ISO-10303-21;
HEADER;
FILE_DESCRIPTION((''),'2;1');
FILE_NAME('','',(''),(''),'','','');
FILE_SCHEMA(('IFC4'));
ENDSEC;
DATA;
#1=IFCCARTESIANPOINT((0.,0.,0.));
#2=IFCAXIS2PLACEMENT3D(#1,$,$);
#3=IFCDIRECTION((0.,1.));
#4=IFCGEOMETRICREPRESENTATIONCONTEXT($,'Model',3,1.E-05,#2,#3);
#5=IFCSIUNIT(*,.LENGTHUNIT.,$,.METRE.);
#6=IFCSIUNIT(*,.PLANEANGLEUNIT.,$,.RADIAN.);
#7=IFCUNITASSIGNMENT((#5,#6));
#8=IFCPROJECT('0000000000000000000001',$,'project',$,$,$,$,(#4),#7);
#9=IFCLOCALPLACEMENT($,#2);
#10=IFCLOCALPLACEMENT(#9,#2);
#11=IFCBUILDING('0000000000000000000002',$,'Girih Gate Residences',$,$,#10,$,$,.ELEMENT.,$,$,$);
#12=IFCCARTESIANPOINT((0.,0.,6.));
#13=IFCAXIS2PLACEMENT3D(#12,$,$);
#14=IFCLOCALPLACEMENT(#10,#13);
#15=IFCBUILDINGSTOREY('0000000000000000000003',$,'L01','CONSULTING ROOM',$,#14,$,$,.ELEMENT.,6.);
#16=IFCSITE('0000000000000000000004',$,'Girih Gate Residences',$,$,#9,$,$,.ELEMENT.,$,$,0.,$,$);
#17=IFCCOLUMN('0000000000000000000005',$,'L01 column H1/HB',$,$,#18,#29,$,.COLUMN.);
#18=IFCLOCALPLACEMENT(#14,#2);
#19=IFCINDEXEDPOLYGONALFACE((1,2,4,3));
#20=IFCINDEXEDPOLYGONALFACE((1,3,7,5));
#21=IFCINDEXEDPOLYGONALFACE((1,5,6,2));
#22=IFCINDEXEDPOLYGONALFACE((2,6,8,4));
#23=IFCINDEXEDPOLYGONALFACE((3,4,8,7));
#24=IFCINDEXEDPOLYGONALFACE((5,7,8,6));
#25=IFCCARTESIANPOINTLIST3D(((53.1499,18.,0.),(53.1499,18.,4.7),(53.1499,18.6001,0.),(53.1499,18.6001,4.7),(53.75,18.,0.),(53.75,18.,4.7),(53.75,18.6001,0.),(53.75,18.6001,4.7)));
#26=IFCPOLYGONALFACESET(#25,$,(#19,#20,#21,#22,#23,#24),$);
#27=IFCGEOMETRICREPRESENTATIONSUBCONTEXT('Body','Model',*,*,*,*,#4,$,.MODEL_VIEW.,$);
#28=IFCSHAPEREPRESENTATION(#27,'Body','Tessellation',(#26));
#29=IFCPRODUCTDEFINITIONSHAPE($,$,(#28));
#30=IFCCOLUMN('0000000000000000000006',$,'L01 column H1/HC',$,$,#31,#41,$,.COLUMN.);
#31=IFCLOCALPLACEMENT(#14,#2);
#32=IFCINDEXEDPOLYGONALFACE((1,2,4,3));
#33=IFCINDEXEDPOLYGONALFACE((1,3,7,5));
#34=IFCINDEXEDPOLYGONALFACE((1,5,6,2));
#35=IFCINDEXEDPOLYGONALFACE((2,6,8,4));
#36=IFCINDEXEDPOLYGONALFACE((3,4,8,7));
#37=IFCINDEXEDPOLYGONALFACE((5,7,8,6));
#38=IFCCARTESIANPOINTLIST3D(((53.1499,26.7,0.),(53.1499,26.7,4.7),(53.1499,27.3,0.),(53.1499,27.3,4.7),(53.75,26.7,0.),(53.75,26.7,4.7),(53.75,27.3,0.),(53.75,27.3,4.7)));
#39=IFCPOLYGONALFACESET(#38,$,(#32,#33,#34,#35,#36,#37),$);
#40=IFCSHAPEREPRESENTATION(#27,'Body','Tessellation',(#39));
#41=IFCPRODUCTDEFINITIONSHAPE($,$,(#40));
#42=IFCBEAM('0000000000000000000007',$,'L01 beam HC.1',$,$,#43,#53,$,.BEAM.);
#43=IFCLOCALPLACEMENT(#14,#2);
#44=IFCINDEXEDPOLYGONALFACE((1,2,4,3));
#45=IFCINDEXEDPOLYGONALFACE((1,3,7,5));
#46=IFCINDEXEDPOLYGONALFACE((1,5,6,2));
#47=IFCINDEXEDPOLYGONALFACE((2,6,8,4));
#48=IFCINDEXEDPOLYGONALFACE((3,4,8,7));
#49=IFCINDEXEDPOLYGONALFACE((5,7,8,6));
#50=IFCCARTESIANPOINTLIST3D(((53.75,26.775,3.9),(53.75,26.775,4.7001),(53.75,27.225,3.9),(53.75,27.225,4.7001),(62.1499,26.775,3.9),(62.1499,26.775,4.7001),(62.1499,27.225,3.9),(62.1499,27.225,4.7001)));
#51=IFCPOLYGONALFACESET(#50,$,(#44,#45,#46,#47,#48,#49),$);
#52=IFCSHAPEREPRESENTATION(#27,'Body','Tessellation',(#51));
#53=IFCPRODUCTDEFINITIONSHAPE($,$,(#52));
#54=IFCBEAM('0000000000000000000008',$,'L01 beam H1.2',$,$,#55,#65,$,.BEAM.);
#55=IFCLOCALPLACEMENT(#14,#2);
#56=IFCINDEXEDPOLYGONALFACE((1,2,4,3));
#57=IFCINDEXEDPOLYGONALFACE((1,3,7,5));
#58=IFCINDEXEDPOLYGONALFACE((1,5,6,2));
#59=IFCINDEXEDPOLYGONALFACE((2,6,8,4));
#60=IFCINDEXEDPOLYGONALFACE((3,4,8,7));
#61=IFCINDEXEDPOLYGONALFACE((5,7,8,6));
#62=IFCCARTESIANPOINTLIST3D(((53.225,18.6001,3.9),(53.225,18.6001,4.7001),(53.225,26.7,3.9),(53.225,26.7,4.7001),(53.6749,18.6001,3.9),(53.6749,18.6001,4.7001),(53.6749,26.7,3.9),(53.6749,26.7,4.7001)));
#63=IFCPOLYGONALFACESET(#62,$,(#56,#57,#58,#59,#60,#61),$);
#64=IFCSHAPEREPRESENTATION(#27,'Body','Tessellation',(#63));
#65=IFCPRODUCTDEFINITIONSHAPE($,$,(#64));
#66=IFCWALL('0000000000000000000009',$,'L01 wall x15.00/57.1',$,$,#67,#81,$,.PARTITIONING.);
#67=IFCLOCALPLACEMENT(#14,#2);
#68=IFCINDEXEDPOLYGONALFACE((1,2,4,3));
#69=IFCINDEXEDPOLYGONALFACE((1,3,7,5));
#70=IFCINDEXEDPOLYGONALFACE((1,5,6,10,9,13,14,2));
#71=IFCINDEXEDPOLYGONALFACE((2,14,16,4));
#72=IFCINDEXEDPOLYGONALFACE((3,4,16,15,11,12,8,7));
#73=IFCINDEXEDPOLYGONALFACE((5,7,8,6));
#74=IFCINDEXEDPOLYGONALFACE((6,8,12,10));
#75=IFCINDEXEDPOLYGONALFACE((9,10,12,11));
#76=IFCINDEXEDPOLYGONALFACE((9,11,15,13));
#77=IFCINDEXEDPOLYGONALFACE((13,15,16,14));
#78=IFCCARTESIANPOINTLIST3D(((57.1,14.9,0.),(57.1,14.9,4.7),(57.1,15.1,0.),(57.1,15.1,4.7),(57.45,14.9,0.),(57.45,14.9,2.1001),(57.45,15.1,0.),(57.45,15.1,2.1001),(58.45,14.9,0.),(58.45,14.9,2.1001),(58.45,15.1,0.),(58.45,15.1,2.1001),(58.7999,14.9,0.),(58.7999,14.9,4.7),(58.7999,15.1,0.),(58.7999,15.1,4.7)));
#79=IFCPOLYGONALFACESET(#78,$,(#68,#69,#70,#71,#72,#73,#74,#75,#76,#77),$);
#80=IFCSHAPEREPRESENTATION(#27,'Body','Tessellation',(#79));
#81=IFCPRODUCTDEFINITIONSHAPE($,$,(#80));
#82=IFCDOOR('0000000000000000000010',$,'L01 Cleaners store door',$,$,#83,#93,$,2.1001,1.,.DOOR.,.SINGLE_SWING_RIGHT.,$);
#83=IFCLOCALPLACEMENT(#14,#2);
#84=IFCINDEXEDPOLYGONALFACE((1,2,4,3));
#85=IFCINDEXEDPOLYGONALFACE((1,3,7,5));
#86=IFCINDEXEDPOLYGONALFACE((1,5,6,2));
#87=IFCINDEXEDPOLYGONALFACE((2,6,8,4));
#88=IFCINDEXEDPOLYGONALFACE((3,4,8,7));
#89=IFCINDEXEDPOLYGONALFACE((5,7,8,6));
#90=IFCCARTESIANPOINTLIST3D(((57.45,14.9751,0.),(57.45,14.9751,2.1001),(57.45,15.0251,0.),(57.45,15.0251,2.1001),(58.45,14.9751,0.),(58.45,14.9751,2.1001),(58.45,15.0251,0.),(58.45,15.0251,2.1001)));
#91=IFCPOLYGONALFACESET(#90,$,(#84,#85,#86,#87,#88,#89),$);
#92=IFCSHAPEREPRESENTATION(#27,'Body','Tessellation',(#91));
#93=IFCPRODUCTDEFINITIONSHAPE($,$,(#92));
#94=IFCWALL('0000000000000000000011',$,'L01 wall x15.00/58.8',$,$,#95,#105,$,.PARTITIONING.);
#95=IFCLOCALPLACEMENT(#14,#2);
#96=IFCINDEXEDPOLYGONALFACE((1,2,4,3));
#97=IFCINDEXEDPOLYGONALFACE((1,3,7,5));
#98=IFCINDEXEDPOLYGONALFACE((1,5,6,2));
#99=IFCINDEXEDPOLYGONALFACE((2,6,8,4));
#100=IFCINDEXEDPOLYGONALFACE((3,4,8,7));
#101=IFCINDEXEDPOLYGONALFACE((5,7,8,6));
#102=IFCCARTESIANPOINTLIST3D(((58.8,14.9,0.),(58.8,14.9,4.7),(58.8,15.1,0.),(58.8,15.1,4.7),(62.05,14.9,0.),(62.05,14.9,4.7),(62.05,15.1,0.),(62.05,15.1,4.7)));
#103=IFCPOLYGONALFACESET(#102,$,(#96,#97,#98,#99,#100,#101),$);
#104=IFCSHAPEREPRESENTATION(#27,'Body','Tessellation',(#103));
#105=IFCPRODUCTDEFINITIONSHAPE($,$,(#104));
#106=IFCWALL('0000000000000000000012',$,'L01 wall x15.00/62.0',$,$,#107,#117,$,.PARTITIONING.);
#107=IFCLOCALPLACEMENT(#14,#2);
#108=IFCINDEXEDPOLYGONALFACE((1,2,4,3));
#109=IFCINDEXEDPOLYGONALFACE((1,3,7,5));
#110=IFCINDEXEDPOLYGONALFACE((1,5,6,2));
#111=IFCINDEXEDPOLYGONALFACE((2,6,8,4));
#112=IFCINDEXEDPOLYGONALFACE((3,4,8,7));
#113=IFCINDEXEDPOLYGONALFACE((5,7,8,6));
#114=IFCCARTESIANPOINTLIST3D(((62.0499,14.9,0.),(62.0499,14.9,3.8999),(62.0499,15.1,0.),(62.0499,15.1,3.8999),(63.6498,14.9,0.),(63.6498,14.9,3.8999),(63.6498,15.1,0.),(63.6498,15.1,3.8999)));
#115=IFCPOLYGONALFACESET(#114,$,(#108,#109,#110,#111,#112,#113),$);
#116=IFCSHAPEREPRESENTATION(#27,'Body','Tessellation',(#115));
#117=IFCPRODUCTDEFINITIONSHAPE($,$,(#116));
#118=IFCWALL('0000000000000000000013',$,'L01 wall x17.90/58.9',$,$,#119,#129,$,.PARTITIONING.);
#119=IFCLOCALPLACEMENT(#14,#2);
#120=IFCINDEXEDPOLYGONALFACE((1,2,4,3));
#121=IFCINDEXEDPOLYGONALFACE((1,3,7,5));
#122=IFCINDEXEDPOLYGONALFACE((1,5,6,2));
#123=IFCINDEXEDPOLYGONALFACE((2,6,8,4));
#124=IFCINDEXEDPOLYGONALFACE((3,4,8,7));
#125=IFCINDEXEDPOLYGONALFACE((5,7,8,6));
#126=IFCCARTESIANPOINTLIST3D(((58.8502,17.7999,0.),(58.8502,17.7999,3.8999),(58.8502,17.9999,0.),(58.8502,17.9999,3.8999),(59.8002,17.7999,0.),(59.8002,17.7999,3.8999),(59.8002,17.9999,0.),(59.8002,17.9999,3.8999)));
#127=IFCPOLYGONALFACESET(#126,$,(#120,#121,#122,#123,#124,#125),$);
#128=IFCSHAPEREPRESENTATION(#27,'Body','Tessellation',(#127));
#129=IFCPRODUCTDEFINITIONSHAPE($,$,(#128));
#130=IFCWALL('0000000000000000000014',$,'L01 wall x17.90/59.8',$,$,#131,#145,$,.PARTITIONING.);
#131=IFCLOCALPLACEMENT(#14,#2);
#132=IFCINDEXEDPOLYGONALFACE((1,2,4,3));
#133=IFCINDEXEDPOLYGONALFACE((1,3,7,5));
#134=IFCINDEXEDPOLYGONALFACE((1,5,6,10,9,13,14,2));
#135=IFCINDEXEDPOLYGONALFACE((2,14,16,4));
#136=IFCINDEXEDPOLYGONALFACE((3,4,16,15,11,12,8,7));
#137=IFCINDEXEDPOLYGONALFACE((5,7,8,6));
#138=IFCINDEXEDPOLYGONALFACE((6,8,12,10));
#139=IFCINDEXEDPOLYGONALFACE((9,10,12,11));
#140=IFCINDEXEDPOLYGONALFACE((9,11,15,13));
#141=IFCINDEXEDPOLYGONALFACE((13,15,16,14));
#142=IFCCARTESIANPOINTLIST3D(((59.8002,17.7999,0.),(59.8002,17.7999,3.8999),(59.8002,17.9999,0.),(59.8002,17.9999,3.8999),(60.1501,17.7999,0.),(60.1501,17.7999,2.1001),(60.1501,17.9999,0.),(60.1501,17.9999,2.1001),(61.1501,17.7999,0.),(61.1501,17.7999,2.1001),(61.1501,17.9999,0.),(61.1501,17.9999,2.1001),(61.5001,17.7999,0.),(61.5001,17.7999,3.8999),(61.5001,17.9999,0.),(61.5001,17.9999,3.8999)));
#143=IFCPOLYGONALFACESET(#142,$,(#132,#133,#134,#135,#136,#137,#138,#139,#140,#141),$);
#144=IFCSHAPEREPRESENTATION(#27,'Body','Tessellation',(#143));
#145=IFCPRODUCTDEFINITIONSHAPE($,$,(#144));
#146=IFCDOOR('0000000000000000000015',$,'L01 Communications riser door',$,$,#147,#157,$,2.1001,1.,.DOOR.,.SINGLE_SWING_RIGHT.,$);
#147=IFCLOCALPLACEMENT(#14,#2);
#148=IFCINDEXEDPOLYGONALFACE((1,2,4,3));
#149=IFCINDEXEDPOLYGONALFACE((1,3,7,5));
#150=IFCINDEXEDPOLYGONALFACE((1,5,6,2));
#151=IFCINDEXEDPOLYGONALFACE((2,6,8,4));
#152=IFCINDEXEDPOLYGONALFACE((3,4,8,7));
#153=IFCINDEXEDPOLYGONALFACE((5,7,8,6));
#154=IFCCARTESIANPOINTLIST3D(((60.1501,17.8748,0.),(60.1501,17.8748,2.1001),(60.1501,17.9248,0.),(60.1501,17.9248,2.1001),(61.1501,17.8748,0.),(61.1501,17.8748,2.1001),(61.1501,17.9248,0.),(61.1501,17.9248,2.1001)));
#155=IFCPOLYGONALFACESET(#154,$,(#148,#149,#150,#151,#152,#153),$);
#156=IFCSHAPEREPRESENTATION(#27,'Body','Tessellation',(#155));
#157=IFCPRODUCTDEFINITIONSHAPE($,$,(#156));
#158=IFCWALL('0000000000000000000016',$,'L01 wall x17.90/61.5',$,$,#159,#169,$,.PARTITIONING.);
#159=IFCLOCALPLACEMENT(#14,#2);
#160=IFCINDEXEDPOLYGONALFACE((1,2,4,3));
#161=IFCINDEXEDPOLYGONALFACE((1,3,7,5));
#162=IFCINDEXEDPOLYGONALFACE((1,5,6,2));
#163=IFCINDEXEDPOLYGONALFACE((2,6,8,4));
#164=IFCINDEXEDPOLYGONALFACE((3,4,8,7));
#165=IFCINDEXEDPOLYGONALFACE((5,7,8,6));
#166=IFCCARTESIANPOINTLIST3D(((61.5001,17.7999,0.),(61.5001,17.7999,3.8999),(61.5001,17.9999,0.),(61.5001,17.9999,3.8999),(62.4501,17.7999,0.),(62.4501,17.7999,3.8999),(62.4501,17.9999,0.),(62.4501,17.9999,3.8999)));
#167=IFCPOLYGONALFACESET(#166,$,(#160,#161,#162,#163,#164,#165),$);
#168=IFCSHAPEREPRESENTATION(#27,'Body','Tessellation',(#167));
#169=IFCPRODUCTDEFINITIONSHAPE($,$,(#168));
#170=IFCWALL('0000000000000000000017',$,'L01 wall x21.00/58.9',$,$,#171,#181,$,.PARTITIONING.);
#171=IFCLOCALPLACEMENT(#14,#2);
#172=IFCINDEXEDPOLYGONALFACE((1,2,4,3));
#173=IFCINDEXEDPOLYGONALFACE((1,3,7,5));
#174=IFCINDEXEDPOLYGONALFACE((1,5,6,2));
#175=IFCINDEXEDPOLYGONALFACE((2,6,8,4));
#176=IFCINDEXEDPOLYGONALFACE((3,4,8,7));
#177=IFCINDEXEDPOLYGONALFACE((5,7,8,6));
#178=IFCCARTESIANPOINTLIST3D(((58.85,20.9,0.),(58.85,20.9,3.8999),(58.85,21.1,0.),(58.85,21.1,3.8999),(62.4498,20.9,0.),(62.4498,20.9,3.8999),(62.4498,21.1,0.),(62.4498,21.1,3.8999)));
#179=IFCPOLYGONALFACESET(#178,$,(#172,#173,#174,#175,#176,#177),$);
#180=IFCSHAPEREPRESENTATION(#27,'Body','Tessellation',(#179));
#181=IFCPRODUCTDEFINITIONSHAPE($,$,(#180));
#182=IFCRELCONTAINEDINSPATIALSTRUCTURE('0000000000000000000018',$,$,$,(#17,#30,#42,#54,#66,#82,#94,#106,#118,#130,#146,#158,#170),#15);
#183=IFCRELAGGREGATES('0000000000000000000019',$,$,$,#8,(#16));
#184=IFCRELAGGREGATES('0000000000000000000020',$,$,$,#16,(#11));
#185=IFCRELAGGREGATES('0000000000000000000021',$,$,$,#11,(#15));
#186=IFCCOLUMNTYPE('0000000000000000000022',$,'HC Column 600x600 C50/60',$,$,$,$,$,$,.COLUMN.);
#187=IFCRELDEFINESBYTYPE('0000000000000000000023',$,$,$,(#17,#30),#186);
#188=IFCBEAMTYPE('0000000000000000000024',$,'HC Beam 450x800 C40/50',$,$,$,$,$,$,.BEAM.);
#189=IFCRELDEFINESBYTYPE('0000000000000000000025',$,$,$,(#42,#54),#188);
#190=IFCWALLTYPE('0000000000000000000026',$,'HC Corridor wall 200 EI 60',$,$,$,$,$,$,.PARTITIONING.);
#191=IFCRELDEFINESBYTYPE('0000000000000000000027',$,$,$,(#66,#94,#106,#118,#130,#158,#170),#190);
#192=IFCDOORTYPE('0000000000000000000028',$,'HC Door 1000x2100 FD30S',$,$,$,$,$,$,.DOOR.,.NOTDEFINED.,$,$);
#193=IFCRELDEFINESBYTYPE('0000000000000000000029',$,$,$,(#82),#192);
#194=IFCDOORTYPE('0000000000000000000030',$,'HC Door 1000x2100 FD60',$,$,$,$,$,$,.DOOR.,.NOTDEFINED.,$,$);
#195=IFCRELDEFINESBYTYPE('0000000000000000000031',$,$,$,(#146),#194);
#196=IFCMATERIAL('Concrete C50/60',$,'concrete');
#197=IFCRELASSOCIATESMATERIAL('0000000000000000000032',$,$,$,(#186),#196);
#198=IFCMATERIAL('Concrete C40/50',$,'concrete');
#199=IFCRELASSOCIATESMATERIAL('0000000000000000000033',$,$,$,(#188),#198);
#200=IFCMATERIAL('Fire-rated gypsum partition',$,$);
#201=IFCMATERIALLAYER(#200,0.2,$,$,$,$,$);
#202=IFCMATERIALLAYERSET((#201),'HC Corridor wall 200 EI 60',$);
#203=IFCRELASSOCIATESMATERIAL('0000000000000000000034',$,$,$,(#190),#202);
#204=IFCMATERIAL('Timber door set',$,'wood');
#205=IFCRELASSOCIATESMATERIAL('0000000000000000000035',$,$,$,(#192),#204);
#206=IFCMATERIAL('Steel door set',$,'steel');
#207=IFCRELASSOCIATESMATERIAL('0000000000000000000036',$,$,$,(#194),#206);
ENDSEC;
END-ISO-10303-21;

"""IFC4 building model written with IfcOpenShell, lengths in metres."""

from ifc_helpers import new_model, si_unit, direction, frame, frame_2d, origin, origin_2d, place, context, subcontext, project, spatial, rectangle, extrude, material, layer, layer_set, material_profile, profile_set, type_object, element, fill, save


model = new_model("IFC4")

# Units and contexts
model_context = context("Model", 3, precision=1e-05, world=origin(), true_north=direction((0.0, 1.0)))
body_context = subcontext(model_context, "Body", "Model", "MODEL_VIEW")
ifc_project = project(units=[si_unit("LENGTHUNIT", "METRE"), si_unit("PLANEANGLEUNIT", "RADIAN")], contexts=[model_context])

# Site, building, storey
site_placement = place(None, origin())
site = spatial("IfcSite", under=ifc_project, at=site_placement, Name="Girih Gate Residences", CompositionType="ELEMENT", RefElevation=0.0)
building_placement = place(site_placement, origin())
building = spatial("IfcBuilding", under=site, at=building_placement, Name="Girih Gate Residences", CompositionType="ELEMENT")
storey_placement = place(building_placement, frame((0.0, 0.0, 6.0)))
storey = spatial("IfcBuildingStorey", under=building, at=storey_placement, Name="L01", Description="CONSULTING ROOM", CompositionType="ELEMENT", Elevation=6.0)

# Columns
ifc_material_1 = material(Name="Concrete C50/60", Category="concrete")
ifc_material_profile_1 = material_profile(ifc_material_1, rectangle(XDim=0.6001, YDim=0.6001, at=origin_2d()))
ifc_profile_set_1 = profile_set([ifc_material_profile_1], Name="Concrete C50/60")
column_type = type_object("IfcColumnType", Name="HC Column 600x600 C50/60", PredefinedType="COLUMN", material=ifc_profile_set_1)
for number, where, z_axis, x_axis, name in (
    (1, (53.45, 18.3, 0.0), (0.0, 0.0, 1.0), (1.0, 0.0, 0.0), "L01 column H1/HB"),
    (2, (53.45, 27.0, 0.0), (0.0, 0.0, 1.0), (1.0, 0.0, 0.0), "L01 column H1/HC"),
):
    element("IfcColumn", number, at=place(storey_placement, frame(where, z_axis=z_axis, x_axis=x_axis)), inside=storey, type_object=column_type, Name=name, PredefinedType="COLUMN", context=body_context, shape_type="SweptSolid", body=[
        extrude(rectangle(XDim=0.6001, YDim=0.6001, at=origin_2d()), origin(), (0.0, 0.0, 1.0), 4.7),
    ])

# Beams
ifc_material_2 = material(Name="Concrete C40/50", Category="concrete")
ifc_material_profile_2 = material_profile(ifc_material_2, rectangle(XDim=0.45, YDim=0.8, at=origin_2d()))
ifc_profile_set_2 = profile_set([ifc_material_profile_2], Name="Concrete C40/50")
beam_type = type_object("IfcBeamType", Name="HC Beam 450x800 C40/50", PredefinedType="BEAM", material=ifc_profile_set_2)
beam_1_placement = place(storey_placement, frame((53.75, 27.0, 4.3), z_axis=(1.0, 0.0, 0.0), x_axis=(0.0, 1.0, 0.0)))
element("IfcBeam", 3, at=beam_1_placement, inside=storey, type_object=beam_type, Name="L01 beam HC.1", PredefinedType="BEAM", context=body_context, shape_type="SweptSolid", body=[
    extrude(rectangle(XDim=0.45, YDim=0.8, at=origin_2d()), origin(), (0.0, 0.0, 1.0), 8.3999),
])
beam_2_placement = place(storey_placement, frame((53.45, 18.6001, 4.3), z_axis=(0.0, 1.0, 0.0), x_axis=(-1.0, 0.0, 0.0)))
element("IfcBeam", 4, at=beam_2_placement, inside=storey, type_object=beam_type, Name="L01 beam H1.2", PredefinedType="BEAM", context=body_context, shape_type="SweptSolid", body=[
    extrude(rectangle(XDim=0.45, YDim=0.8, at=origin_2d()), origin(), (0.0, 0.0, 1.0), 8.0999),
])

# Wall, opening, door
ifc_material_3 = material(Name="Fire-rated gypsum partition")
ifc_layer_1 = layer(ifc_material_3, 0.2)
ifc_layer_set_1 = layer_set([ifc_layer_1], Name="HC Corridor wall 200 EI 60")
wall_type_1 = type_object("IfcWallType", Name="HC Corridor wall 200 EI 60", PredefinedType="PARTITIONING", material=ifc_layer_set_1)
wall_1_placement = place(storey_placement, frame((58.8, 15.0, 0.0), z_axis=(0.0, 0.0, 1.0), x_axis=(-1.0, 0.0, 0.0)))
wall_1 = element("IfcWall", 5, at=wall_1_placement, inside=storey, type_object=wall_type_1, Name="L01 wall x15.00/57.1", PredefinedType="PARTITIONING", context=body_context, shape_type="SweptSolid", body=[
    extrude(rectangle(XDim=1.7, YDim=0.2, at=frame_2d((0.8501, 0.0))), origin(), (0.0, 0.0, 1.0), 4.7),
])
opening_1_placement = place(wall_1_placement, frame((0.3501, 0.0, 0.0)))
opening_1 = element("IfcOpeningElement", 6, at=opening_1_placement, cuts=wall_1, PredefinedType="OPENING", context=body_context, shape_type="SweptSolid", body=[
    extrude(rectangle(XDim=1.0, YDim=2.1001, at=frame_2d((0.5, 1.05))), frame((0.0, 0.1099, 0.0), z_axis=(0.0, -1.0, 0.0), x_axis=(1.0, 0.0, 0.0)), (0.0, 0.0, 1.0), 0.22),
])
ifc_material_4 = material(Name="Timber door set", Category="wood")
door_type_1 = type_object("IfcDoorType", Name="HC Door 1000x2100 FD30S", OperationType="NOTDEFINED", PredefinedType="DOOR", material=ifc_material_4)
door_1_placement = place(opening_1_placement, origin())
door_1 = element("IfcDoor", 7, at=door_1_placement, inside=storey, type_object=door_type_1, Name="L01 Cleaners store door", OperationType="SINGLE_SWING_RIGHT", OverallHeight=2.1001, OverallWidth=1.0, PredefinedType="DOOR", context=body_context, shape_type="SweptSolid", body=[
    extrude(rectangle(XDim=1.0, YDim=2.1001, at=frame_2d((0.5, 1.05))), frame((0.0, 0.0249, 0.0), z_axis=(0.0, -1.0, 0.0), x_axis=(1.0, 0.0, 0.0)), (0.0, 0.0, 1.0), 0.05),
])
fill(opening_1, door_1)

# Walls
wall_2_placement = place(storey_placement, frame((58.8, 15.0, 0.0), z_axis=(0.0, 0.0, 1.0), x_axis=(1.0, 0.0, 0.0)))
element("IfcWall", 8, at=wall_2_placement, inside=storey, type_object=wall_type_1, Name="L01 wall x15.00/58.8", PredefinedType="PARTITIONING", context=body_context, shape_type="SweptSolid", body=[
    extrude(rectangle(XDim=3.25, YDim=0.2, at=frame_2d((1.625, 0.0))), origin(), (0.0, 0.0, 1.0), 4.7),
])
wall_3_placement = place(storey_placement, frame((62.05, 15.0, 0.0), z_axis=(0.0, 0.0, 1.0), x_axis=(1.0, 0.0, 0.0)))
element("IfcWall", 9, at=wall_3_placement, inside=storey, type_object=wall_type_1, Name="L01 wall x15.00/62.0", PredefinedType="PARTITIONING", context=body_context, shape_type="SweptSolid", body=[
    extrude(rectangle(XDim=1.5999, YDim=0.2, at=frame_2d((0.7998, 0.0))), origin(), (0.0, 0.0, 1.0), 3.8999),
])
wall_4_placement = place(storey_placement, frame((58.8501, 17.8999, 0.0), z_axis=(0.0, 0.0, 1.0), x_axis=(1.0, 0.0, 0.0)))
element("IfcWall", 10, at=wall_4_placement, inside=storey, type_object=wall_type_1, Name="L01 wall x17.90/58.9", PredefinedType="PARTITIONING", context=body_context, shape_type="SweptSolid", body=[
    extrude(rectangle(XDim=0.95, YDim=0.2, at=frame_2d((0.4751, 0.0))), origin(), (0.0, 0.0, 1.0), 3.8999),
])

# Wall, opening, door
wall_5_placement = place(storey_placement, frame((59.8, 17.8999, 0.0), z_axis=(0.0, 0.0, 1.0), x_axis=(1.0, 0.0, 0.0)))
wall_5 = element("IfcWall", 11, at=wall_5_placement, inside=storey, type_object=wall_type_1, Name="L01 wall x17.90/59.8", PredefinedType="PARTITIONING", context=body_context, shape_type="SweptSolid", body=[
    extrude(rectangle(XDim=1.7, YDim=0.2, at=frame_2d((0.8501, 0.0))), origin(), (0.0, 0.0, 1.0), 3.8999),
])
opening_2_placement = place(wall_5_placement, frame((0.3501, 0.0, 0.0)))
opening_2 = element("IfcOpeningElement", 12, at=opening_2_placement, cuts=wall_5, PredefinedType="OPENING", context=body_context, shape_type="SweptSolid", body=[
    extrude(rectangle(XDim=1.0, YDim=2.1001, at=frame_2d((0.5, 1.05))), frame((0.0, 0.1099, 0.0), z_axis=(0.0, -1.0, 0.0), x_axis=(1.0, 0.0, 0.0)), (0.0, 0.0, 1.0), 0.22),
])
ifc_material_5 = material(Name="Steel door set", Category="steel")
door_type_2 = type_object("IfcDoorType", Name="HC Door 1000x2100 FD60", OperationType="NOTDEFINED", PredefinedType="DOOR", material=ifc_material_5)
door_2_placement = place(opening_2_placement, origin())
door_2 = element("IfcDoor", 13, at=door_2_placement, inside=storey, type_object=door_type_2, Name="L01 Communications riser door", OperationType="SINGLE_SWING_RIGHT", OverallHeight=2.1001, OverallWidth=1.0, PredefinedType="DOOR", context=body_context, shape_type="SweptSolid", body=[
    extrude(rectangle(XDim=1.0, YDim=2.1001, at=frame_2d((0.5, 1.05))), frame((0.0, 0.0249, 0.0), z_axis=(0.0, -1.0, 0.0), x_axis=(1.0, 0.0, 0.0)), (0.0, 0.0, 1.0), 0.05),
])
fill(opening_2, door_2)

# Walls
wall_6_placement = place(storey_placement, frame((61.5, 17.8999, 0.0), z_axis=(0.0, 0.0, 1.0), x_axis=(1.0, 0.0, 0.0)))
element("IfcWall", 14, at=wall_6_placement, inside=storey, type_object=wall_type_1, Name="L01 wall x17.90/61.5", PredefinedType="PARTITIONING", context=body_context, shape_type="SweptSolid", body=[
    extrude(rectangle(XDim=0.95, YDim=0.2, at=frame_2d((0.4751, 0.0))), origin(), (0.0, 0.0, 1.0), 3.8999),
])
wall_7_placement = place(storey_placement, frame((58.8501, 21.0, 0.0), z_axis=(0.0, 0.0, 1.0), x_axis=(1.0, 0.0, 0.0)))
element("IfcWall", 15, at=wall_7_placement, inside=storey, type_object=wall_type_1, Name="L01 wall x21.00/58.9", PredefinedType="PARTITIONING", context=body_context, shape_type="SweptSolid", body=[
    extrude(rectangle(XDim=3.5999, YDim=0.2, at=frame_2d((1.7998, 0.0))), origin(), (0.0, 0.0, 1.0), 3.8999),
])

save(model, "model.ifc")
